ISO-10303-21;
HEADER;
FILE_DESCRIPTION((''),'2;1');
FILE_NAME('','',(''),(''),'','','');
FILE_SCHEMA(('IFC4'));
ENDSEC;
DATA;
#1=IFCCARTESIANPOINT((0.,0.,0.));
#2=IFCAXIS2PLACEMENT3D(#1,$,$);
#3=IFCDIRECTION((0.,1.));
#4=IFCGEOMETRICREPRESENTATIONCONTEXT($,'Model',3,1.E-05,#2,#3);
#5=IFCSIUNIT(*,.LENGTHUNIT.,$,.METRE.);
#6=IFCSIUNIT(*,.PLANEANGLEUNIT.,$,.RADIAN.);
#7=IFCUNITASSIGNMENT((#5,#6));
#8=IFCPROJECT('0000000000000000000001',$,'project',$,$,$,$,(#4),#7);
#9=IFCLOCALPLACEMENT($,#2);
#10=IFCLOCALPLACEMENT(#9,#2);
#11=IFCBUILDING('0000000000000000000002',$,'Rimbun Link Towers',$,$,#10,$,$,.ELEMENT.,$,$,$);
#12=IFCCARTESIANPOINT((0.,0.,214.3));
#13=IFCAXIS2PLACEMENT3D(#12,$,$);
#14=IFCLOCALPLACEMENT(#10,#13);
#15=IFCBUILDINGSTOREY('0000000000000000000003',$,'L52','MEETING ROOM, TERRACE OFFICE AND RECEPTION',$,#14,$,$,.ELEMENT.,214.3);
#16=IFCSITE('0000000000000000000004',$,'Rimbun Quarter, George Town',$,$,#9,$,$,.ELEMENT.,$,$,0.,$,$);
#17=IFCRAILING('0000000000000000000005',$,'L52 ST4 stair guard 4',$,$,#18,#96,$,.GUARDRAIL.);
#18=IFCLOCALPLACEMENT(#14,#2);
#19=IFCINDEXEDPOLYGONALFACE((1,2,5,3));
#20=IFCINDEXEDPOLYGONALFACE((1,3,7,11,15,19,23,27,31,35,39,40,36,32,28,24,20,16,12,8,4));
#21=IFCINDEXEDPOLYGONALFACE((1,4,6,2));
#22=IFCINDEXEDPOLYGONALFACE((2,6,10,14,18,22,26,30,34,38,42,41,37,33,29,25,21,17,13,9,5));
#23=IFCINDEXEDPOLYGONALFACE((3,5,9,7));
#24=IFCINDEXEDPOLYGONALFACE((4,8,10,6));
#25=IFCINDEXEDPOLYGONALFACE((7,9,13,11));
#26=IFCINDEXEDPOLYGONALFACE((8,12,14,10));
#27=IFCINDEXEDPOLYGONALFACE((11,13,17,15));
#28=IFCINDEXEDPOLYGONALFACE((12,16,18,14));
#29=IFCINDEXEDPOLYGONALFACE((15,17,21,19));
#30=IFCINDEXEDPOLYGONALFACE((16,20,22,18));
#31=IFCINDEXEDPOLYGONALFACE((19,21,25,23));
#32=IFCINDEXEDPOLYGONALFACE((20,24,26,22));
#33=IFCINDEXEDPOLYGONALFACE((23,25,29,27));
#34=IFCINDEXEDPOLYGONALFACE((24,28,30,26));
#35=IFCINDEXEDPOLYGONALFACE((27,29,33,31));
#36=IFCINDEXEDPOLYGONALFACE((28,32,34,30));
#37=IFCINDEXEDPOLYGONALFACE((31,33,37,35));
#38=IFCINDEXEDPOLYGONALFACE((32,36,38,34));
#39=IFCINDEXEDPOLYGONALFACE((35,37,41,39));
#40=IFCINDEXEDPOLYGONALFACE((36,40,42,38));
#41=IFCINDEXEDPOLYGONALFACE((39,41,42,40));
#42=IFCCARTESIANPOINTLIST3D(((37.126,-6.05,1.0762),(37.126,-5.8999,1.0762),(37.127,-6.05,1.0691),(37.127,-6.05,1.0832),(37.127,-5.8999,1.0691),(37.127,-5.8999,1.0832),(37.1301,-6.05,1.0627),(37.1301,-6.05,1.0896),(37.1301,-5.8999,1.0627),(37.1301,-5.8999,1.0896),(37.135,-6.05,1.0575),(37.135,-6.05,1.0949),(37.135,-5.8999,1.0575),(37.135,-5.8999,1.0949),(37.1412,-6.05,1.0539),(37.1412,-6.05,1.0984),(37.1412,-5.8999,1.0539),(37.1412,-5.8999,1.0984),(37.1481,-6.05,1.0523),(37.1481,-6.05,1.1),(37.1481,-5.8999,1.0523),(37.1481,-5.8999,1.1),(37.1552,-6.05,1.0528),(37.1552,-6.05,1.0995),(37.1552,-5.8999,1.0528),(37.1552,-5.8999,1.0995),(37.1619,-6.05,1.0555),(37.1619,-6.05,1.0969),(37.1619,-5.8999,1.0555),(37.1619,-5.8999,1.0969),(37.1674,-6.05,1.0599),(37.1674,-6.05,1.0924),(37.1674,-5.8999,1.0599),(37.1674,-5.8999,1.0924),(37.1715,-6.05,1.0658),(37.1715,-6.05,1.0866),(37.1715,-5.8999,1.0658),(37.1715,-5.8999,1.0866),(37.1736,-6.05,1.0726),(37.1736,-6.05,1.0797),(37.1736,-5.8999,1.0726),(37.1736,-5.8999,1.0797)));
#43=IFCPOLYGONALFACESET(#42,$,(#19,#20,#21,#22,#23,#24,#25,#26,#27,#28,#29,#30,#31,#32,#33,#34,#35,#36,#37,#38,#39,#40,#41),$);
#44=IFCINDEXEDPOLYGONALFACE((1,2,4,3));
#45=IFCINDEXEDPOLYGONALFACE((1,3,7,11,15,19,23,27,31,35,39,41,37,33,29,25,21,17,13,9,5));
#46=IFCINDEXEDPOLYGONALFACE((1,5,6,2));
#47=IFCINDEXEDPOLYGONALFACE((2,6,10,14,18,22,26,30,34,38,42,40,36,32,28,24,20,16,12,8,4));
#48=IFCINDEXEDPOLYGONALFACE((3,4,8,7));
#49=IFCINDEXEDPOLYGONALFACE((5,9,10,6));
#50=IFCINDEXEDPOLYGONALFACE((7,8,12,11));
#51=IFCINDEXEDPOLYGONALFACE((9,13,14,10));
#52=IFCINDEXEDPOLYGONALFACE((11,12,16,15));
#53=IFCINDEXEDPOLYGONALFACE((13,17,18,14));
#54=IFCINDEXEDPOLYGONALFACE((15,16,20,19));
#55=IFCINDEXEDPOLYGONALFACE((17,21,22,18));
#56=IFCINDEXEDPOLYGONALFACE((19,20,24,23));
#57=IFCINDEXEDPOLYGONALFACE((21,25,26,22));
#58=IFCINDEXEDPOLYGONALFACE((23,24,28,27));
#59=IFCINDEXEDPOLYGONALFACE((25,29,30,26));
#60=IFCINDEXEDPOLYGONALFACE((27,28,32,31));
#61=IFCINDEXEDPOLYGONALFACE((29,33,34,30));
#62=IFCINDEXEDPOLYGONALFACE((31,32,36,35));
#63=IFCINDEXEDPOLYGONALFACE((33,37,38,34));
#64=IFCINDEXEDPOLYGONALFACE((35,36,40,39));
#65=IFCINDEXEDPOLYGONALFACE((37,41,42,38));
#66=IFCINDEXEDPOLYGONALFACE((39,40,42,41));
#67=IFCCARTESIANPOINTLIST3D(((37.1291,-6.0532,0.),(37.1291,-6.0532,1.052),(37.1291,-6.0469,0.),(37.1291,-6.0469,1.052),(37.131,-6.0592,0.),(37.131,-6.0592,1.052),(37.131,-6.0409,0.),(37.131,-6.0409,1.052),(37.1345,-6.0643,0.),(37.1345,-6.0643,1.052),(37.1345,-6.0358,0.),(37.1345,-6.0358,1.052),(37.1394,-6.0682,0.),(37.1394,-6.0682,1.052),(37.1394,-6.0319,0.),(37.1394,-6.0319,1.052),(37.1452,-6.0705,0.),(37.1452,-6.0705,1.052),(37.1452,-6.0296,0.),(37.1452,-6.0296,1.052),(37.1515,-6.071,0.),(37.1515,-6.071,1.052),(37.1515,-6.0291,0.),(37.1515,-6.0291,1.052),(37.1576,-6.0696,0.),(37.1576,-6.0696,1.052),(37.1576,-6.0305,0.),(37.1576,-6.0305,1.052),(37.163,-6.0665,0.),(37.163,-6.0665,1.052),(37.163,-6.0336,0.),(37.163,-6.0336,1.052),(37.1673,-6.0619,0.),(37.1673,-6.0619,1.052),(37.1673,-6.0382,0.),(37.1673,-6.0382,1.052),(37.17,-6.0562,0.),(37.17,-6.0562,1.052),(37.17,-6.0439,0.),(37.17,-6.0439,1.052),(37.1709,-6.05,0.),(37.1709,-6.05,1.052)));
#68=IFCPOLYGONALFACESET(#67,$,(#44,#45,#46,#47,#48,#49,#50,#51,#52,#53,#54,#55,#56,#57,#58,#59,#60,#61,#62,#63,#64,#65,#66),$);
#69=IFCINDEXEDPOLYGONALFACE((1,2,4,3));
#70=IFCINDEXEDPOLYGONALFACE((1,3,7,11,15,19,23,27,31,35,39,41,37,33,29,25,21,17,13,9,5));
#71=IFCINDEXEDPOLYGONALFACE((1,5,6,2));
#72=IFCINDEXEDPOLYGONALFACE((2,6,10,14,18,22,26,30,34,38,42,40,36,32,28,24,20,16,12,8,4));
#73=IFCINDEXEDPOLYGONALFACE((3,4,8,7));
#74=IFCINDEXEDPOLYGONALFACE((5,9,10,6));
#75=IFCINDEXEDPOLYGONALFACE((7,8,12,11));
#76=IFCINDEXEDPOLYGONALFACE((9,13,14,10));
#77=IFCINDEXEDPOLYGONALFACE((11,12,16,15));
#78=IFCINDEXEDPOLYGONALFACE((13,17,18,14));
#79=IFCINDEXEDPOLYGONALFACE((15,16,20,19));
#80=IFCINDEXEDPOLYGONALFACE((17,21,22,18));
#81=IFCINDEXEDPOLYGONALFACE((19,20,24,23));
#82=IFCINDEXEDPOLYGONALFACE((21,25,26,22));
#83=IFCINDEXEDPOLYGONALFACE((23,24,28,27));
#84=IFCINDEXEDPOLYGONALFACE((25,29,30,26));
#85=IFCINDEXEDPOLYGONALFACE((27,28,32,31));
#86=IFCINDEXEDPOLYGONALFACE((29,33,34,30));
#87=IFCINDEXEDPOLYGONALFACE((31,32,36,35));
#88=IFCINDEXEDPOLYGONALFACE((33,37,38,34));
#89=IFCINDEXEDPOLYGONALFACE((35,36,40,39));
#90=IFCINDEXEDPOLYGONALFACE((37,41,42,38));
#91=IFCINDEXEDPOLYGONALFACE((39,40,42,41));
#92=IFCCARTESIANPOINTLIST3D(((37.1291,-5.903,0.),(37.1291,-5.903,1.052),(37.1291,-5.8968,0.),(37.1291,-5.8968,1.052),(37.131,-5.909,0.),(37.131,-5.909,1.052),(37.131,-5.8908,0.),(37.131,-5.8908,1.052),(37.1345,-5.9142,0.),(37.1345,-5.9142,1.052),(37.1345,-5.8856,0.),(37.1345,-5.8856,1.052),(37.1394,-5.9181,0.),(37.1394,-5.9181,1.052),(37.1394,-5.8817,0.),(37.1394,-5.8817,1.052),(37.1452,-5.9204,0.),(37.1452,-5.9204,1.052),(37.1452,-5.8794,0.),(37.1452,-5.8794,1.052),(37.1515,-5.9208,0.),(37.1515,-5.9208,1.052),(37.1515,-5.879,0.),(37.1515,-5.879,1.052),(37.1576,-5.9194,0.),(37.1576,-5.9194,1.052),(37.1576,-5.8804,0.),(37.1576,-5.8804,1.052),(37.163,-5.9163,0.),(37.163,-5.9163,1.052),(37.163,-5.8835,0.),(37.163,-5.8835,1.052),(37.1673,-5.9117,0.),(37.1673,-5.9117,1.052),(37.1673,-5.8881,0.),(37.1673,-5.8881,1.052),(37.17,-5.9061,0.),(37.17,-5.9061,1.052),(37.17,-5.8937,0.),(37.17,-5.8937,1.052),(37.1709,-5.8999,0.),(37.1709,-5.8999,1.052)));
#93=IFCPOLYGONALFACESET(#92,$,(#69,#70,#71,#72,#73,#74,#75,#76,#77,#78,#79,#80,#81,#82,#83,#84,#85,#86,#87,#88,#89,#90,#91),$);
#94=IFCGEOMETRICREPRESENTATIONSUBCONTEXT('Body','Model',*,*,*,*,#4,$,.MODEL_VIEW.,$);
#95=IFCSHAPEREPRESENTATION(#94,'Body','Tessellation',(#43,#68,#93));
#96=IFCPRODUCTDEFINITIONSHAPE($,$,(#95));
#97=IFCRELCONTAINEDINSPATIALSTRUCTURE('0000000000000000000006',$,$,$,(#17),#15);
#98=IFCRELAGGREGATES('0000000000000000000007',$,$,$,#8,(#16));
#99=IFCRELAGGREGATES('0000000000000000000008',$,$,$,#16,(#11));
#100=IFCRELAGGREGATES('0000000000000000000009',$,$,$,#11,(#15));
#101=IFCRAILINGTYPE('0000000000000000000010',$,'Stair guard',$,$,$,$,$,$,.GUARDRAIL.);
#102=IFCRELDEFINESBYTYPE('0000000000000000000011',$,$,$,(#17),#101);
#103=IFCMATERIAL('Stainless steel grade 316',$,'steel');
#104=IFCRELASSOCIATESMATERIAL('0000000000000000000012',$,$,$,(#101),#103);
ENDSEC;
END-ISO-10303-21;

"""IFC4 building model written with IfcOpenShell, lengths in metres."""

from ifc_helpers import new_model, si_unit, direction, frame, origin, origin_2d, place, context, subcontext, project, spatial, circle, extrude, material, type_object, element, save


model = new_model("IFC4")

# Units and contexts
model_context = context("Model", 3, precision=1e-05, world=origin(), true_north=direction((0.0, 1.0)))
body_context = subcontext(model_context, "Body", "Model", "MODEL_VIEW")
ifc_project = project(units=[si_unit("LENGTHUNIT", "METRE"), si_unit("PLANEANGLEUNIT", "RADIAN")], contexts=[model_context])

# Site, building, storey
site_placement = place(None, origin())
site = spatial("IfcSite", under=ifc_project, at=site_placement, Name="Rimbun Quarter, George Town", CompositionType="ELEMENT", RefElevation=0.0)
building_placement = place(site_placement, origin())
building = spatial("IfcBuilding", under=site, at=building_placement, Name="Rimbun Link Towers", CompositionType="ELEMENT")
storey_placement = place(building_placement, frame((0.0, 0.0, 214.3)))
storey = spatial("IfcBuildingStorey", under=building, at=storey_placement, Name="L52", Description="MEETING ROOM, TERRACE OFFICE AND RECEPTION", CompositionType="ELEMENT", Elevation=214.3)

# Railing
ifc_material_1 = material(Name="Stainless steel grade 316", Category="steel")
railing_type_1 = type_object("IfcRailingType", Name="Stair guard", PredefinedType="GUARDRAIL", material=ifc_material_1)
railing_1_placement = place(storey_placement, frame((37.1499, -6.05, 0.0)))
element("IfcRailing", 1, at=railing_1_placement, inside=storey, type_object=railing_type_1, Name="L52 ST4 stair guard 4", PredefinedType="GUARDRAIL", context=body_context, shape_type="SweptSolid", body=[
    extrude(circle(Radius=0.0239, at=origin_2d()), frame((0.0, 0.0, 1.0762), z_axis=(0.0, 1.0, 0.0), x_axis=(-1.0, 0.0, 0.0)), (0.0, 0.0, 1.0), 0.1501),
    extrude(circle(Radius=0.021, at=origin_2d()), origin(), (0.0, 0.0, 1.0), 1.052),
    extrude(circle(Radius=0.021, at=origin_2d()), frame((0.0, 0.1501, 0.0)), (0.0, 0.0, 1.0), 1.052),
])

save(model, "model.ifc")
